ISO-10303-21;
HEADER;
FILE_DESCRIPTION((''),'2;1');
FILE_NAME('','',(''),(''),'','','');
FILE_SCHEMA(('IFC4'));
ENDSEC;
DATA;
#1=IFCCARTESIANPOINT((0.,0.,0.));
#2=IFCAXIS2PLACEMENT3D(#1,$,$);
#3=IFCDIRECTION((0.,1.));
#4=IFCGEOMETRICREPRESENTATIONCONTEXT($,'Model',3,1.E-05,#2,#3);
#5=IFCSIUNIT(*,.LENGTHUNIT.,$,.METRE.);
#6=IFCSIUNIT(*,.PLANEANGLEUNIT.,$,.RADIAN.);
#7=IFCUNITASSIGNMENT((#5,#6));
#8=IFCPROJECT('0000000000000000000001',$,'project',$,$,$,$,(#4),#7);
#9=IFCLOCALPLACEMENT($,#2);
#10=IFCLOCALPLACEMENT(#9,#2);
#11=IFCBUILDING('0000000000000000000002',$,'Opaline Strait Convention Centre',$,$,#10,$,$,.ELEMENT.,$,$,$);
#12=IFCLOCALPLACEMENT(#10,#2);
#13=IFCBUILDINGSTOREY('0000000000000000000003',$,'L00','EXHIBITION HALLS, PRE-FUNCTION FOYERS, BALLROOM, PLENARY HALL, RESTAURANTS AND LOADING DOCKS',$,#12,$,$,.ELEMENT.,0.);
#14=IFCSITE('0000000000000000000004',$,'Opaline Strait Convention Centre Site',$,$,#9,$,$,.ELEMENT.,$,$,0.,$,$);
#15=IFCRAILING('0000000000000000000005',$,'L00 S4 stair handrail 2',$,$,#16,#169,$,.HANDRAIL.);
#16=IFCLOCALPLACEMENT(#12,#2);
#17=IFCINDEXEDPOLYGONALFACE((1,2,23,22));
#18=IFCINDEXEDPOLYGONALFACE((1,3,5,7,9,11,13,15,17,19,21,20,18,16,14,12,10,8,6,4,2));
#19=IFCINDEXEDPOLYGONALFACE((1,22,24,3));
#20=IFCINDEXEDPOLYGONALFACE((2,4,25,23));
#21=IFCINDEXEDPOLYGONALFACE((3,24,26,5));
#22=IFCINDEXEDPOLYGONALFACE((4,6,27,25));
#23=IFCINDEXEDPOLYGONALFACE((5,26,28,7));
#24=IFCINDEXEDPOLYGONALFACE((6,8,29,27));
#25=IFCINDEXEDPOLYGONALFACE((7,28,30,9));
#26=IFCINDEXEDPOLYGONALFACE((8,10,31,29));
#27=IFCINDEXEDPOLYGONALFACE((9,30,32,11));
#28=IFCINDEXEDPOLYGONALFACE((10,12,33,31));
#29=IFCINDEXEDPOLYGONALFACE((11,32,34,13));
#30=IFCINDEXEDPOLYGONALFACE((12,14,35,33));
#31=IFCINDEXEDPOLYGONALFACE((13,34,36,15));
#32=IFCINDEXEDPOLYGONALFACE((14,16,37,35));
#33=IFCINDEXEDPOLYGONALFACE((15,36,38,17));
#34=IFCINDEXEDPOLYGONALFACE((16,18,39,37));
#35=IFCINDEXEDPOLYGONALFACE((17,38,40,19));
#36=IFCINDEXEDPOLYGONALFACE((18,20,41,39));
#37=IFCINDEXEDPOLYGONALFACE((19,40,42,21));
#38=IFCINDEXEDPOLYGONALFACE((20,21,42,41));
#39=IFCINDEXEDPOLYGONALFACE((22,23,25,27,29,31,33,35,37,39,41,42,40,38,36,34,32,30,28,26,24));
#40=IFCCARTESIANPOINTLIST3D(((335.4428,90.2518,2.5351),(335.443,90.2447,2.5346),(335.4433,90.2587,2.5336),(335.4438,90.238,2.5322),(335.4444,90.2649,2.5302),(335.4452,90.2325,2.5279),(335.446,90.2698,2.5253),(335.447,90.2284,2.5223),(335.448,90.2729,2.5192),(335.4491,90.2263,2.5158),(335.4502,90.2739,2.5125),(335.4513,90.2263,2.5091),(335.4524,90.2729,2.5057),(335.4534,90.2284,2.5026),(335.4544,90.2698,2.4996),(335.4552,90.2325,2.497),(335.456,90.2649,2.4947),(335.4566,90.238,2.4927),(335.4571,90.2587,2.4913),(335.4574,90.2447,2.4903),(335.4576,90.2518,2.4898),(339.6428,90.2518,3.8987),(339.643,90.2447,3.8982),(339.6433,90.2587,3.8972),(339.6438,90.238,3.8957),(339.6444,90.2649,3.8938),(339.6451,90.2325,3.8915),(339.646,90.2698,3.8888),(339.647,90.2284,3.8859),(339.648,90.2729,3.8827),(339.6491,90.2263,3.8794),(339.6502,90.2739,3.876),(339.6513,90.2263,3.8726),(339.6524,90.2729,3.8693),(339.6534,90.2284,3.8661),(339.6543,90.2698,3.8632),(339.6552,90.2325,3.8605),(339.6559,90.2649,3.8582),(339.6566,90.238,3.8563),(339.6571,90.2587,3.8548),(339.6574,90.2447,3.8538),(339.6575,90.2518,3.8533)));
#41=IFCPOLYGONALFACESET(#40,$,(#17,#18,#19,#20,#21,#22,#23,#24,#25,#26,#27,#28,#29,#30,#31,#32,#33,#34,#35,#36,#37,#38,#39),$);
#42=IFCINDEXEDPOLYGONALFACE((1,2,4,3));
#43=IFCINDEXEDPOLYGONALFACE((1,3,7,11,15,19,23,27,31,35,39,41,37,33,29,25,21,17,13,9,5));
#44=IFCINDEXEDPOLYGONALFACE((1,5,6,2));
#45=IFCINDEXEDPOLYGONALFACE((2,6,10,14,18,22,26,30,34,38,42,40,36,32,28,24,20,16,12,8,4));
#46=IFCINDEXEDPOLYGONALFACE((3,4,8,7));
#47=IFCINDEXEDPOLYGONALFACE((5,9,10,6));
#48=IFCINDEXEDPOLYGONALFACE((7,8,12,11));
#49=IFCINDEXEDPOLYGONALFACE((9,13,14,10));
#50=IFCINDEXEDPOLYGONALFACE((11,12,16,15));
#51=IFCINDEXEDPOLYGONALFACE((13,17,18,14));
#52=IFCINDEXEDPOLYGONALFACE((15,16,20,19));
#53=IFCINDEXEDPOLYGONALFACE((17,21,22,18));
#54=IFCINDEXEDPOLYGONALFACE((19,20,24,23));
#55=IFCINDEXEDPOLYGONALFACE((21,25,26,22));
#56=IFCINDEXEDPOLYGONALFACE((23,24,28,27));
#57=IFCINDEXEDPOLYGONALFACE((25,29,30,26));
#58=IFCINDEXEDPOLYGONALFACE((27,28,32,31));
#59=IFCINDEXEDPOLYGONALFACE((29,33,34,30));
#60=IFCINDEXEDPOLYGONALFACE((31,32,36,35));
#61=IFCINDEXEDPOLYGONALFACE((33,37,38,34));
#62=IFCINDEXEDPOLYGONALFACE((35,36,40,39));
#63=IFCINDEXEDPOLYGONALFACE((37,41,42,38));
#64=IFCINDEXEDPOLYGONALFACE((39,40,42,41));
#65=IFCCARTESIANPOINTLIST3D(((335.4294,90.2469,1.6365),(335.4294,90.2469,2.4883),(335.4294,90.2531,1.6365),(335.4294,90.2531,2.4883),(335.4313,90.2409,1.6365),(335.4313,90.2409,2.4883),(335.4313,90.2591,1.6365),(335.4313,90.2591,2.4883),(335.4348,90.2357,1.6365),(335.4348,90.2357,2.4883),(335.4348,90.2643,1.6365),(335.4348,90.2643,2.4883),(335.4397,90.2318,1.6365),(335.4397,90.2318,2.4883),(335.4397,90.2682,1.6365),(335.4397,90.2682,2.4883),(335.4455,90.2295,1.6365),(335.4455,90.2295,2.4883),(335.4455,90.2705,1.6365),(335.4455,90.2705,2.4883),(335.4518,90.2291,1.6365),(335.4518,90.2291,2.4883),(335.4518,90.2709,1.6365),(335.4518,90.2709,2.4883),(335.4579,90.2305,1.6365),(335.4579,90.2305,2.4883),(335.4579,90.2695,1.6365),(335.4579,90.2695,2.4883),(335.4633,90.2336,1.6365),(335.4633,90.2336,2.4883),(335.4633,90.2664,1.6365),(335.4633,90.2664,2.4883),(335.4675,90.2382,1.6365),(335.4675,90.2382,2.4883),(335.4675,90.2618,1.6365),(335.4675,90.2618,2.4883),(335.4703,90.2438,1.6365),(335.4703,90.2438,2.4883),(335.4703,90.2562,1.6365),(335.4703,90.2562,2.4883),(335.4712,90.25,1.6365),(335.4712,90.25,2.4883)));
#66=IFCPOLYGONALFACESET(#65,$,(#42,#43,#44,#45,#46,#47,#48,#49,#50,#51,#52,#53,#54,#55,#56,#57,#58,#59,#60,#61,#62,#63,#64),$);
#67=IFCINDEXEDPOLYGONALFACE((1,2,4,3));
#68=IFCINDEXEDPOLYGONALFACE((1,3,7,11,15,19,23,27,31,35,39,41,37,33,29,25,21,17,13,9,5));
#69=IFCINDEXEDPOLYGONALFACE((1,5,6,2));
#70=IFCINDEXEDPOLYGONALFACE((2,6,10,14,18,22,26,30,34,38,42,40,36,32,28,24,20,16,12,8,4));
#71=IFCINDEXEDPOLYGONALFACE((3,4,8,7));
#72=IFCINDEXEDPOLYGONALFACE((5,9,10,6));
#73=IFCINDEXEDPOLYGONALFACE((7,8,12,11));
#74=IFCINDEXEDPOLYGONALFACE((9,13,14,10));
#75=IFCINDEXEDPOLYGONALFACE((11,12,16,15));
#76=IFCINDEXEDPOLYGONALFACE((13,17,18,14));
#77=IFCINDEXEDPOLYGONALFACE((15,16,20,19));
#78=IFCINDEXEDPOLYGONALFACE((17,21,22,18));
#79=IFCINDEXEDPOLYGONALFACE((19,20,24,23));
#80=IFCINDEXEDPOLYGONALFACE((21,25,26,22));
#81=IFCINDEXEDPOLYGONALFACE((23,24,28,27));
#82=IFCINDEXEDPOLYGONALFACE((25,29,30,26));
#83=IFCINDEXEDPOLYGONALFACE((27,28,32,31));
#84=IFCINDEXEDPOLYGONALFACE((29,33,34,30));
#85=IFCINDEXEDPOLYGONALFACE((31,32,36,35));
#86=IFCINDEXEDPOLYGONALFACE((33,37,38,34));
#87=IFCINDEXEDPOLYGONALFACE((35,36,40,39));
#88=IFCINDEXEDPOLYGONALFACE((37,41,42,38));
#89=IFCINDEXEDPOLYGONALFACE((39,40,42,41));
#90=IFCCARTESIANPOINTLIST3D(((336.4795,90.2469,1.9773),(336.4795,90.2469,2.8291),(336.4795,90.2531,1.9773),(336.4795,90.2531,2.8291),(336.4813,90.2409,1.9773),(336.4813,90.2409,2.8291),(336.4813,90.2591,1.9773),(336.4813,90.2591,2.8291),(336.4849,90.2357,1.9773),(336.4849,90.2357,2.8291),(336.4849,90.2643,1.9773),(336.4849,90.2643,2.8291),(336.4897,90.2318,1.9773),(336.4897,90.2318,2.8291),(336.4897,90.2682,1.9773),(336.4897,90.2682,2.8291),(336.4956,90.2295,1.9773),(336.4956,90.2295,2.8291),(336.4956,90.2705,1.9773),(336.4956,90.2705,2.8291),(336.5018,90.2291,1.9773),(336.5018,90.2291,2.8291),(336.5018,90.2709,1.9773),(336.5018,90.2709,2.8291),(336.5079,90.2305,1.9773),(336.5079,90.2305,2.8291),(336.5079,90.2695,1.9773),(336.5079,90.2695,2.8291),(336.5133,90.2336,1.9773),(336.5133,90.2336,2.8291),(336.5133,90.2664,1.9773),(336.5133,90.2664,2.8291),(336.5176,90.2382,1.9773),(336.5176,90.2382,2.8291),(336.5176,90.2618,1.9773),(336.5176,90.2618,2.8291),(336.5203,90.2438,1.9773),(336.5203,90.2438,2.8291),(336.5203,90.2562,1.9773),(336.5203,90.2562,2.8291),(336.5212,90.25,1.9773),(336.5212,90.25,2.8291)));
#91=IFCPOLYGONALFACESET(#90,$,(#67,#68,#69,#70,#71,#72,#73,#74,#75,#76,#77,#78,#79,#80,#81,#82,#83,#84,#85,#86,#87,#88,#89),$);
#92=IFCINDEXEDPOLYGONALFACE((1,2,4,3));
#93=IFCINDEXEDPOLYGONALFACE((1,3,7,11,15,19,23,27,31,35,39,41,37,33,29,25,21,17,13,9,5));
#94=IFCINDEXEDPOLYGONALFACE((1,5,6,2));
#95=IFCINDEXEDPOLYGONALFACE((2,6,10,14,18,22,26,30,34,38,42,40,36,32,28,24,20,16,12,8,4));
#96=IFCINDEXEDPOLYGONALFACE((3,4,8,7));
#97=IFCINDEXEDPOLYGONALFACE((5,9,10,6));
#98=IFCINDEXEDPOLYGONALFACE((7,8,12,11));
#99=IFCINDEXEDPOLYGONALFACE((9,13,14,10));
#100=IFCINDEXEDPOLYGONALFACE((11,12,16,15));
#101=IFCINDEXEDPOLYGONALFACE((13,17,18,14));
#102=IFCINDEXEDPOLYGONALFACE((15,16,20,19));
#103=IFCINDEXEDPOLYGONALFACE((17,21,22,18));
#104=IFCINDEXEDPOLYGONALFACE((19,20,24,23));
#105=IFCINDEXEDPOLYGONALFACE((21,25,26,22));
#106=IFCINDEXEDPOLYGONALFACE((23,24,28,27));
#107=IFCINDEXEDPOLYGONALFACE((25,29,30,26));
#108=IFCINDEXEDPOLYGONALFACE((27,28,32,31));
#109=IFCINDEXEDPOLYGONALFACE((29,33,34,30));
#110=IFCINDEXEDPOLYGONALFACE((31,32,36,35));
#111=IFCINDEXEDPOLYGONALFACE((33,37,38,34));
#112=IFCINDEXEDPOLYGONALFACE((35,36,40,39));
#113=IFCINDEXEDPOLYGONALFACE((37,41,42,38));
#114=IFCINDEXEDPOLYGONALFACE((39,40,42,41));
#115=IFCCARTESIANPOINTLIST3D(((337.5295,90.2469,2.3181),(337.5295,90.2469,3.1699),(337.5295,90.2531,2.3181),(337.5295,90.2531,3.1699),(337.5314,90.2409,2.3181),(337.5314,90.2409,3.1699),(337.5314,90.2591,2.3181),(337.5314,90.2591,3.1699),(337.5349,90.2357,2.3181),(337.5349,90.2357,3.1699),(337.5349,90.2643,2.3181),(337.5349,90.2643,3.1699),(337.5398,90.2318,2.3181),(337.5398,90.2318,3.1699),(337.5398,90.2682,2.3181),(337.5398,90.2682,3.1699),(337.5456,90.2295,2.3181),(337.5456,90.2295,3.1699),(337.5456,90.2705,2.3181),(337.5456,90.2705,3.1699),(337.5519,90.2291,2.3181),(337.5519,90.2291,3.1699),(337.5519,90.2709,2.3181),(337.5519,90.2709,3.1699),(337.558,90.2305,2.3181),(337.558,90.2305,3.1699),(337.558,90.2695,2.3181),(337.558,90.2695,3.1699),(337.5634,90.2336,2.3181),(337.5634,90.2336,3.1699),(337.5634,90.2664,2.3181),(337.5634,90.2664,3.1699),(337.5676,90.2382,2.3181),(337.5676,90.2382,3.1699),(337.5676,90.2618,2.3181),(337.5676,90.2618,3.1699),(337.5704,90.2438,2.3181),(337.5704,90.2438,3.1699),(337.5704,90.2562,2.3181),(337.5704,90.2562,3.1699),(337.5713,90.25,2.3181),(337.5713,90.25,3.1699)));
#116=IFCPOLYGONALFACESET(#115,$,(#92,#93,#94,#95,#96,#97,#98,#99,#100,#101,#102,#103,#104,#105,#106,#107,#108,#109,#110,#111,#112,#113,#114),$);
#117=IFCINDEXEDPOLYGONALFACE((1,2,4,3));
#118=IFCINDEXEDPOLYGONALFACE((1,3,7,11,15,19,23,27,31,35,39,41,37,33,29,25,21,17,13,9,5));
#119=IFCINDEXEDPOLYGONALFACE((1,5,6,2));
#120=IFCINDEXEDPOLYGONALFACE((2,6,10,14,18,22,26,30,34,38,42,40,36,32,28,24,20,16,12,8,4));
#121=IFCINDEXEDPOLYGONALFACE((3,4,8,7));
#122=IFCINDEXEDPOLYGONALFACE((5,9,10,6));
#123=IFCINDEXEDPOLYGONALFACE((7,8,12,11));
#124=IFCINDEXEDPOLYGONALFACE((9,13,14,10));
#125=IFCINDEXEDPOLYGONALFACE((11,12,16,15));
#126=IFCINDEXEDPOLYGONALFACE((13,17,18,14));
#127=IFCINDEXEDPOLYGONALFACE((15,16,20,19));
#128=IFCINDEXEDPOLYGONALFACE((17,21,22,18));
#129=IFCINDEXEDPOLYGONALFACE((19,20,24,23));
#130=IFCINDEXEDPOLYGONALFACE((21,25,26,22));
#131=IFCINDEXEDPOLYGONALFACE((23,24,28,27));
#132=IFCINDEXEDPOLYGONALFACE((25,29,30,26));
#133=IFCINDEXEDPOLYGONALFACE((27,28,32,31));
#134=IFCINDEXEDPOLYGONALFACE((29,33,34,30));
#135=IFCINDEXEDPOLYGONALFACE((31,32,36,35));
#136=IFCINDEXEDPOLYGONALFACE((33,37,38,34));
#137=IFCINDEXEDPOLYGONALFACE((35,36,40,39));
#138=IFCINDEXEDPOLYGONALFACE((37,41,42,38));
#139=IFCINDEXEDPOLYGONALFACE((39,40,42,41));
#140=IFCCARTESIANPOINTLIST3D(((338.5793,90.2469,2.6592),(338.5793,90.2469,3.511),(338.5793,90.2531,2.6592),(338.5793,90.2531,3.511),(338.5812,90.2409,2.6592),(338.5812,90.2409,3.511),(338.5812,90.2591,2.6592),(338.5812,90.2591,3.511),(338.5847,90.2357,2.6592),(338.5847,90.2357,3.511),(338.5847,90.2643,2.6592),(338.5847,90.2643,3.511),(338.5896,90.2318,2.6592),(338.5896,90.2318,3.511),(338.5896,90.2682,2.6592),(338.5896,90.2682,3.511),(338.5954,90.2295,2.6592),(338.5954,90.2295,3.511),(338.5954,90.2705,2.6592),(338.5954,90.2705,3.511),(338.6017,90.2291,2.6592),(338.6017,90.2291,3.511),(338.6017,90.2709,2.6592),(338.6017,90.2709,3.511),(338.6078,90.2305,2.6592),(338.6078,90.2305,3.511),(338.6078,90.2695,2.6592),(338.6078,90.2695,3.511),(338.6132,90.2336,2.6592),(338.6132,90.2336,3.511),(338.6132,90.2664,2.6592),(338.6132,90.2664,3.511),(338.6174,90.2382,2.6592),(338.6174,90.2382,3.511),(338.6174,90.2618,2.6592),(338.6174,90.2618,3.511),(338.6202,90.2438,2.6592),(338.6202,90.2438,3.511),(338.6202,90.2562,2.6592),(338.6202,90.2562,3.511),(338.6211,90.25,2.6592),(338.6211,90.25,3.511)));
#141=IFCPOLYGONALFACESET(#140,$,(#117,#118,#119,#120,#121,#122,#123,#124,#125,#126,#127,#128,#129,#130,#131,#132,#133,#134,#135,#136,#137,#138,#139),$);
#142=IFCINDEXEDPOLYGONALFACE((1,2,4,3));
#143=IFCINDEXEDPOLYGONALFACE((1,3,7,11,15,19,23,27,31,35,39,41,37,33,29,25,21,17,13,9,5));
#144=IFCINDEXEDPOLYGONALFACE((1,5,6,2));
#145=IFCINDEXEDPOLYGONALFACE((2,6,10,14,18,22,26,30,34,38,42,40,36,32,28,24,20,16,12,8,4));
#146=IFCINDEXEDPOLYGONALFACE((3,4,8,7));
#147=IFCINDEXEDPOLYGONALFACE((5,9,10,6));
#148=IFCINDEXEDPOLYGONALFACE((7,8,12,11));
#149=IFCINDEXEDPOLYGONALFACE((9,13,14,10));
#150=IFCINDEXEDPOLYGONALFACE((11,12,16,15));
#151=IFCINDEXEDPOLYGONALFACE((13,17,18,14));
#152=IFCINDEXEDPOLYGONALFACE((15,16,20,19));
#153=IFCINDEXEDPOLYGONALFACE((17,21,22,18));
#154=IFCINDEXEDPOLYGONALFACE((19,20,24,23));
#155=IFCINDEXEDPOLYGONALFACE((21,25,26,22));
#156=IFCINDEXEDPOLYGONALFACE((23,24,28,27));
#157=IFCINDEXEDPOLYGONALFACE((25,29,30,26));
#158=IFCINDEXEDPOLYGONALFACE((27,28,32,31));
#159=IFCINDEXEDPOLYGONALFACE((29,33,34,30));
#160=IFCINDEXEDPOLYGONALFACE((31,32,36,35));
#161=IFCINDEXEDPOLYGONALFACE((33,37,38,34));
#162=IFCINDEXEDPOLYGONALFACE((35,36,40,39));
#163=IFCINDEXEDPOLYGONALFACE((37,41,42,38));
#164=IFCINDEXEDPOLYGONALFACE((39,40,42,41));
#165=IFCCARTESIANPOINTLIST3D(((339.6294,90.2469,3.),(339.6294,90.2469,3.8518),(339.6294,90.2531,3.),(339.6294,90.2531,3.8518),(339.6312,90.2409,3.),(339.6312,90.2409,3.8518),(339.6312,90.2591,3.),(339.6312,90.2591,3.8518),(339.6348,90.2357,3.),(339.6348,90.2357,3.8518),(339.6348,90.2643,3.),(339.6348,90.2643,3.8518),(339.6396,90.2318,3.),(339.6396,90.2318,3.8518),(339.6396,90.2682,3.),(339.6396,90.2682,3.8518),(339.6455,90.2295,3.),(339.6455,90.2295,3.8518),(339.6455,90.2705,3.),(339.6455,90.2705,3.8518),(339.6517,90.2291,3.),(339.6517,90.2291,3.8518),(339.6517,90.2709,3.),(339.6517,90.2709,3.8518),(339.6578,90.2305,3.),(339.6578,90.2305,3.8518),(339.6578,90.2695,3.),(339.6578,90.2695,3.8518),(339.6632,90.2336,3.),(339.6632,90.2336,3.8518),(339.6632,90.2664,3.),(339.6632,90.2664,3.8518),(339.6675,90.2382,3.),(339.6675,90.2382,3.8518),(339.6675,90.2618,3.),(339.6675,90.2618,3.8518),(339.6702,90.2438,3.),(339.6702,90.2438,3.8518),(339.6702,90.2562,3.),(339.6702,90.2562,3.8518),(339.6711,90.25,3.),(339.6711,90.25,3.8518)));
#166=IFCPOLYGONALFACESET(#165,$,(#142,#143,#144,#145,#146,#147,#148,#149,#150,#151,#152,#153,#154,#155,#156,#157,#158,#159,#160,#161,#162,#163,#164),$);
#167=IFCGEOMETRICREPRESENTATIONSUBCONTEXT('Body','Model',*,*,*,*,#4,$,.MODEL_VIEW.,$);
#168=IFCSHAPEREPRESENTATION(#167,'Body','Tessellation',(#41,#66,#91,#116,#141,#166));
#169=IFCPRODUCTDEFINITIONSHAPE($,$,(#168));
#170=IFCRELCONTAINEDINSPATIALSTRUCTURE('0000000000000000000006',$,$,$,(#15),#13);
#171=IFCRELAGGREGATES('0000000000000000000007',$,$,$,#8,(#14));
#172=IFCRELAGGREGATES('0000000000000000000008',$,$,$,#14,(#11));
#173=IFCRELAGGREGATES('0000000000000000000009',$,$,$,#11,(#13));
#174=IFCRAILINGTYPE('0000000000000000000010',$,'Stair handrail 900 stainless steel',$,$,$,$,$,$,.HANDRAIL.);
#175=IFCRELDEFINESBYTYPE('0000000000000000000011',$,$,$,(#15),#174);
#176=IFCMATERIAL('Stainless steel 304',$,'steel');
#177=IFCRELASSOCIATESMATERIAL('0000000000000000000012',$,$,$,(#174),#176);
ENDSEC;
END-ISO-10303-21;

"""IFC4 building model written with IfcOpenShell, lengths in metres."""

from ifc_helpers import new_model, si_unit, direction, frame, origin, origin_2d, place, context, subcontext, project, spatial, circle, extrude, material, type_object, element, save


model = new_model("IFC4")

# Units and contexts
model_context = context("Model", 3, precision=1e-05, world=origin(), true_north=direction((0.0, 1.0)))
body_context = subcontext(model_context, "Body", "Model", "MODEL_VIEW")
ifc_project = project(units=[si_unit("LENGTHUNIT", "METRE"), si_unit("PLANEANGLEUNIT", "RADIAN")], contexts=[model_context])

# Site, building, storey
site_placement = place(None, origin())
site = spatial("IfcSite", under=ifc_project, at=site_placement, Name="Opaline Strait Convention Centre Site", CompositionType="ELEMENT", RefElevation=0.0)
building_placement = place(site_placement, origin())
building = spatial("IfcBuilding", under=site, at=building_placement, Name="Opaline Strait Convention Centre", CompositionType="ELEMENT")
storey_placement = place(building_placement, origin())
storey = spatial("IfcBuildingStorey", under=building, at=storey_placement, Name="L00", Description="EXHIBITION HALLS, PRE-FUNCTION FOYERS, BALLROOM, PLENARY HALL, RESTAURANTS AND LOADING DOCKS", CompositionType="ELEMENT", Elevation=0.0)

# Railing
ifc_material_1 = material(Name="Stainless steel 304", Category="steel")
railing_type_1 = type_object("IfcRailingType", Name="Stair handrail 900 stainless steel", PredefinedType="HANDRAIL", material=ifc_material_1)
railing_1_placement = place(storey_placement, frame((335.4502, 90.25, 1.6365)))
element("IfcRailing", 1, at=railing_1_placement, inside=storey, type_object=railing_type_1, Name="L00 S4 stair handrail 2", PredefinedType="HANDRAIL", context=body_context, shape_type="SweptSolid", body=[
    extrude(circle(Radius=0.0239, at=origin_2d()), frame((0.0, 0.0, 0.876), z_axis=(0.951131, 0.0, 0.308787), x_axis=(0.0, 1.0, 0.0)), (0.0, 0.0, 1.0), 4.4158),
    extrude(circle(Radius=0.021, at=origin_2d()), origin(), (0.0, 0.0, 1.0), 0.8518),
    extrude(circle(Radius=0.021, at=origin_2d()), frame((1.05, 0.0, 0.3408)), (0.0, 0.0, 1.0), 0.8518),
    extrude(circle(Radius=0.021, at=origin_2d()), frame((2.1001, 0.0, 0.6816)), (0.0, 0.0, 1.0), 0.8518),
    extrude(circle(Radius=0.021, at=origin_2d()), frame((3.1499, 0.0, 1.0227)), (0.0, 0.0, 1.0), 0.8518),
    extrude(circle(Radius=0.021, at=origin_2d()), frame((4.2, 0.0, 1.3635)), (0.0, 0.0, 1.0), 0.8518),
])

save(model, "model.ifc")
